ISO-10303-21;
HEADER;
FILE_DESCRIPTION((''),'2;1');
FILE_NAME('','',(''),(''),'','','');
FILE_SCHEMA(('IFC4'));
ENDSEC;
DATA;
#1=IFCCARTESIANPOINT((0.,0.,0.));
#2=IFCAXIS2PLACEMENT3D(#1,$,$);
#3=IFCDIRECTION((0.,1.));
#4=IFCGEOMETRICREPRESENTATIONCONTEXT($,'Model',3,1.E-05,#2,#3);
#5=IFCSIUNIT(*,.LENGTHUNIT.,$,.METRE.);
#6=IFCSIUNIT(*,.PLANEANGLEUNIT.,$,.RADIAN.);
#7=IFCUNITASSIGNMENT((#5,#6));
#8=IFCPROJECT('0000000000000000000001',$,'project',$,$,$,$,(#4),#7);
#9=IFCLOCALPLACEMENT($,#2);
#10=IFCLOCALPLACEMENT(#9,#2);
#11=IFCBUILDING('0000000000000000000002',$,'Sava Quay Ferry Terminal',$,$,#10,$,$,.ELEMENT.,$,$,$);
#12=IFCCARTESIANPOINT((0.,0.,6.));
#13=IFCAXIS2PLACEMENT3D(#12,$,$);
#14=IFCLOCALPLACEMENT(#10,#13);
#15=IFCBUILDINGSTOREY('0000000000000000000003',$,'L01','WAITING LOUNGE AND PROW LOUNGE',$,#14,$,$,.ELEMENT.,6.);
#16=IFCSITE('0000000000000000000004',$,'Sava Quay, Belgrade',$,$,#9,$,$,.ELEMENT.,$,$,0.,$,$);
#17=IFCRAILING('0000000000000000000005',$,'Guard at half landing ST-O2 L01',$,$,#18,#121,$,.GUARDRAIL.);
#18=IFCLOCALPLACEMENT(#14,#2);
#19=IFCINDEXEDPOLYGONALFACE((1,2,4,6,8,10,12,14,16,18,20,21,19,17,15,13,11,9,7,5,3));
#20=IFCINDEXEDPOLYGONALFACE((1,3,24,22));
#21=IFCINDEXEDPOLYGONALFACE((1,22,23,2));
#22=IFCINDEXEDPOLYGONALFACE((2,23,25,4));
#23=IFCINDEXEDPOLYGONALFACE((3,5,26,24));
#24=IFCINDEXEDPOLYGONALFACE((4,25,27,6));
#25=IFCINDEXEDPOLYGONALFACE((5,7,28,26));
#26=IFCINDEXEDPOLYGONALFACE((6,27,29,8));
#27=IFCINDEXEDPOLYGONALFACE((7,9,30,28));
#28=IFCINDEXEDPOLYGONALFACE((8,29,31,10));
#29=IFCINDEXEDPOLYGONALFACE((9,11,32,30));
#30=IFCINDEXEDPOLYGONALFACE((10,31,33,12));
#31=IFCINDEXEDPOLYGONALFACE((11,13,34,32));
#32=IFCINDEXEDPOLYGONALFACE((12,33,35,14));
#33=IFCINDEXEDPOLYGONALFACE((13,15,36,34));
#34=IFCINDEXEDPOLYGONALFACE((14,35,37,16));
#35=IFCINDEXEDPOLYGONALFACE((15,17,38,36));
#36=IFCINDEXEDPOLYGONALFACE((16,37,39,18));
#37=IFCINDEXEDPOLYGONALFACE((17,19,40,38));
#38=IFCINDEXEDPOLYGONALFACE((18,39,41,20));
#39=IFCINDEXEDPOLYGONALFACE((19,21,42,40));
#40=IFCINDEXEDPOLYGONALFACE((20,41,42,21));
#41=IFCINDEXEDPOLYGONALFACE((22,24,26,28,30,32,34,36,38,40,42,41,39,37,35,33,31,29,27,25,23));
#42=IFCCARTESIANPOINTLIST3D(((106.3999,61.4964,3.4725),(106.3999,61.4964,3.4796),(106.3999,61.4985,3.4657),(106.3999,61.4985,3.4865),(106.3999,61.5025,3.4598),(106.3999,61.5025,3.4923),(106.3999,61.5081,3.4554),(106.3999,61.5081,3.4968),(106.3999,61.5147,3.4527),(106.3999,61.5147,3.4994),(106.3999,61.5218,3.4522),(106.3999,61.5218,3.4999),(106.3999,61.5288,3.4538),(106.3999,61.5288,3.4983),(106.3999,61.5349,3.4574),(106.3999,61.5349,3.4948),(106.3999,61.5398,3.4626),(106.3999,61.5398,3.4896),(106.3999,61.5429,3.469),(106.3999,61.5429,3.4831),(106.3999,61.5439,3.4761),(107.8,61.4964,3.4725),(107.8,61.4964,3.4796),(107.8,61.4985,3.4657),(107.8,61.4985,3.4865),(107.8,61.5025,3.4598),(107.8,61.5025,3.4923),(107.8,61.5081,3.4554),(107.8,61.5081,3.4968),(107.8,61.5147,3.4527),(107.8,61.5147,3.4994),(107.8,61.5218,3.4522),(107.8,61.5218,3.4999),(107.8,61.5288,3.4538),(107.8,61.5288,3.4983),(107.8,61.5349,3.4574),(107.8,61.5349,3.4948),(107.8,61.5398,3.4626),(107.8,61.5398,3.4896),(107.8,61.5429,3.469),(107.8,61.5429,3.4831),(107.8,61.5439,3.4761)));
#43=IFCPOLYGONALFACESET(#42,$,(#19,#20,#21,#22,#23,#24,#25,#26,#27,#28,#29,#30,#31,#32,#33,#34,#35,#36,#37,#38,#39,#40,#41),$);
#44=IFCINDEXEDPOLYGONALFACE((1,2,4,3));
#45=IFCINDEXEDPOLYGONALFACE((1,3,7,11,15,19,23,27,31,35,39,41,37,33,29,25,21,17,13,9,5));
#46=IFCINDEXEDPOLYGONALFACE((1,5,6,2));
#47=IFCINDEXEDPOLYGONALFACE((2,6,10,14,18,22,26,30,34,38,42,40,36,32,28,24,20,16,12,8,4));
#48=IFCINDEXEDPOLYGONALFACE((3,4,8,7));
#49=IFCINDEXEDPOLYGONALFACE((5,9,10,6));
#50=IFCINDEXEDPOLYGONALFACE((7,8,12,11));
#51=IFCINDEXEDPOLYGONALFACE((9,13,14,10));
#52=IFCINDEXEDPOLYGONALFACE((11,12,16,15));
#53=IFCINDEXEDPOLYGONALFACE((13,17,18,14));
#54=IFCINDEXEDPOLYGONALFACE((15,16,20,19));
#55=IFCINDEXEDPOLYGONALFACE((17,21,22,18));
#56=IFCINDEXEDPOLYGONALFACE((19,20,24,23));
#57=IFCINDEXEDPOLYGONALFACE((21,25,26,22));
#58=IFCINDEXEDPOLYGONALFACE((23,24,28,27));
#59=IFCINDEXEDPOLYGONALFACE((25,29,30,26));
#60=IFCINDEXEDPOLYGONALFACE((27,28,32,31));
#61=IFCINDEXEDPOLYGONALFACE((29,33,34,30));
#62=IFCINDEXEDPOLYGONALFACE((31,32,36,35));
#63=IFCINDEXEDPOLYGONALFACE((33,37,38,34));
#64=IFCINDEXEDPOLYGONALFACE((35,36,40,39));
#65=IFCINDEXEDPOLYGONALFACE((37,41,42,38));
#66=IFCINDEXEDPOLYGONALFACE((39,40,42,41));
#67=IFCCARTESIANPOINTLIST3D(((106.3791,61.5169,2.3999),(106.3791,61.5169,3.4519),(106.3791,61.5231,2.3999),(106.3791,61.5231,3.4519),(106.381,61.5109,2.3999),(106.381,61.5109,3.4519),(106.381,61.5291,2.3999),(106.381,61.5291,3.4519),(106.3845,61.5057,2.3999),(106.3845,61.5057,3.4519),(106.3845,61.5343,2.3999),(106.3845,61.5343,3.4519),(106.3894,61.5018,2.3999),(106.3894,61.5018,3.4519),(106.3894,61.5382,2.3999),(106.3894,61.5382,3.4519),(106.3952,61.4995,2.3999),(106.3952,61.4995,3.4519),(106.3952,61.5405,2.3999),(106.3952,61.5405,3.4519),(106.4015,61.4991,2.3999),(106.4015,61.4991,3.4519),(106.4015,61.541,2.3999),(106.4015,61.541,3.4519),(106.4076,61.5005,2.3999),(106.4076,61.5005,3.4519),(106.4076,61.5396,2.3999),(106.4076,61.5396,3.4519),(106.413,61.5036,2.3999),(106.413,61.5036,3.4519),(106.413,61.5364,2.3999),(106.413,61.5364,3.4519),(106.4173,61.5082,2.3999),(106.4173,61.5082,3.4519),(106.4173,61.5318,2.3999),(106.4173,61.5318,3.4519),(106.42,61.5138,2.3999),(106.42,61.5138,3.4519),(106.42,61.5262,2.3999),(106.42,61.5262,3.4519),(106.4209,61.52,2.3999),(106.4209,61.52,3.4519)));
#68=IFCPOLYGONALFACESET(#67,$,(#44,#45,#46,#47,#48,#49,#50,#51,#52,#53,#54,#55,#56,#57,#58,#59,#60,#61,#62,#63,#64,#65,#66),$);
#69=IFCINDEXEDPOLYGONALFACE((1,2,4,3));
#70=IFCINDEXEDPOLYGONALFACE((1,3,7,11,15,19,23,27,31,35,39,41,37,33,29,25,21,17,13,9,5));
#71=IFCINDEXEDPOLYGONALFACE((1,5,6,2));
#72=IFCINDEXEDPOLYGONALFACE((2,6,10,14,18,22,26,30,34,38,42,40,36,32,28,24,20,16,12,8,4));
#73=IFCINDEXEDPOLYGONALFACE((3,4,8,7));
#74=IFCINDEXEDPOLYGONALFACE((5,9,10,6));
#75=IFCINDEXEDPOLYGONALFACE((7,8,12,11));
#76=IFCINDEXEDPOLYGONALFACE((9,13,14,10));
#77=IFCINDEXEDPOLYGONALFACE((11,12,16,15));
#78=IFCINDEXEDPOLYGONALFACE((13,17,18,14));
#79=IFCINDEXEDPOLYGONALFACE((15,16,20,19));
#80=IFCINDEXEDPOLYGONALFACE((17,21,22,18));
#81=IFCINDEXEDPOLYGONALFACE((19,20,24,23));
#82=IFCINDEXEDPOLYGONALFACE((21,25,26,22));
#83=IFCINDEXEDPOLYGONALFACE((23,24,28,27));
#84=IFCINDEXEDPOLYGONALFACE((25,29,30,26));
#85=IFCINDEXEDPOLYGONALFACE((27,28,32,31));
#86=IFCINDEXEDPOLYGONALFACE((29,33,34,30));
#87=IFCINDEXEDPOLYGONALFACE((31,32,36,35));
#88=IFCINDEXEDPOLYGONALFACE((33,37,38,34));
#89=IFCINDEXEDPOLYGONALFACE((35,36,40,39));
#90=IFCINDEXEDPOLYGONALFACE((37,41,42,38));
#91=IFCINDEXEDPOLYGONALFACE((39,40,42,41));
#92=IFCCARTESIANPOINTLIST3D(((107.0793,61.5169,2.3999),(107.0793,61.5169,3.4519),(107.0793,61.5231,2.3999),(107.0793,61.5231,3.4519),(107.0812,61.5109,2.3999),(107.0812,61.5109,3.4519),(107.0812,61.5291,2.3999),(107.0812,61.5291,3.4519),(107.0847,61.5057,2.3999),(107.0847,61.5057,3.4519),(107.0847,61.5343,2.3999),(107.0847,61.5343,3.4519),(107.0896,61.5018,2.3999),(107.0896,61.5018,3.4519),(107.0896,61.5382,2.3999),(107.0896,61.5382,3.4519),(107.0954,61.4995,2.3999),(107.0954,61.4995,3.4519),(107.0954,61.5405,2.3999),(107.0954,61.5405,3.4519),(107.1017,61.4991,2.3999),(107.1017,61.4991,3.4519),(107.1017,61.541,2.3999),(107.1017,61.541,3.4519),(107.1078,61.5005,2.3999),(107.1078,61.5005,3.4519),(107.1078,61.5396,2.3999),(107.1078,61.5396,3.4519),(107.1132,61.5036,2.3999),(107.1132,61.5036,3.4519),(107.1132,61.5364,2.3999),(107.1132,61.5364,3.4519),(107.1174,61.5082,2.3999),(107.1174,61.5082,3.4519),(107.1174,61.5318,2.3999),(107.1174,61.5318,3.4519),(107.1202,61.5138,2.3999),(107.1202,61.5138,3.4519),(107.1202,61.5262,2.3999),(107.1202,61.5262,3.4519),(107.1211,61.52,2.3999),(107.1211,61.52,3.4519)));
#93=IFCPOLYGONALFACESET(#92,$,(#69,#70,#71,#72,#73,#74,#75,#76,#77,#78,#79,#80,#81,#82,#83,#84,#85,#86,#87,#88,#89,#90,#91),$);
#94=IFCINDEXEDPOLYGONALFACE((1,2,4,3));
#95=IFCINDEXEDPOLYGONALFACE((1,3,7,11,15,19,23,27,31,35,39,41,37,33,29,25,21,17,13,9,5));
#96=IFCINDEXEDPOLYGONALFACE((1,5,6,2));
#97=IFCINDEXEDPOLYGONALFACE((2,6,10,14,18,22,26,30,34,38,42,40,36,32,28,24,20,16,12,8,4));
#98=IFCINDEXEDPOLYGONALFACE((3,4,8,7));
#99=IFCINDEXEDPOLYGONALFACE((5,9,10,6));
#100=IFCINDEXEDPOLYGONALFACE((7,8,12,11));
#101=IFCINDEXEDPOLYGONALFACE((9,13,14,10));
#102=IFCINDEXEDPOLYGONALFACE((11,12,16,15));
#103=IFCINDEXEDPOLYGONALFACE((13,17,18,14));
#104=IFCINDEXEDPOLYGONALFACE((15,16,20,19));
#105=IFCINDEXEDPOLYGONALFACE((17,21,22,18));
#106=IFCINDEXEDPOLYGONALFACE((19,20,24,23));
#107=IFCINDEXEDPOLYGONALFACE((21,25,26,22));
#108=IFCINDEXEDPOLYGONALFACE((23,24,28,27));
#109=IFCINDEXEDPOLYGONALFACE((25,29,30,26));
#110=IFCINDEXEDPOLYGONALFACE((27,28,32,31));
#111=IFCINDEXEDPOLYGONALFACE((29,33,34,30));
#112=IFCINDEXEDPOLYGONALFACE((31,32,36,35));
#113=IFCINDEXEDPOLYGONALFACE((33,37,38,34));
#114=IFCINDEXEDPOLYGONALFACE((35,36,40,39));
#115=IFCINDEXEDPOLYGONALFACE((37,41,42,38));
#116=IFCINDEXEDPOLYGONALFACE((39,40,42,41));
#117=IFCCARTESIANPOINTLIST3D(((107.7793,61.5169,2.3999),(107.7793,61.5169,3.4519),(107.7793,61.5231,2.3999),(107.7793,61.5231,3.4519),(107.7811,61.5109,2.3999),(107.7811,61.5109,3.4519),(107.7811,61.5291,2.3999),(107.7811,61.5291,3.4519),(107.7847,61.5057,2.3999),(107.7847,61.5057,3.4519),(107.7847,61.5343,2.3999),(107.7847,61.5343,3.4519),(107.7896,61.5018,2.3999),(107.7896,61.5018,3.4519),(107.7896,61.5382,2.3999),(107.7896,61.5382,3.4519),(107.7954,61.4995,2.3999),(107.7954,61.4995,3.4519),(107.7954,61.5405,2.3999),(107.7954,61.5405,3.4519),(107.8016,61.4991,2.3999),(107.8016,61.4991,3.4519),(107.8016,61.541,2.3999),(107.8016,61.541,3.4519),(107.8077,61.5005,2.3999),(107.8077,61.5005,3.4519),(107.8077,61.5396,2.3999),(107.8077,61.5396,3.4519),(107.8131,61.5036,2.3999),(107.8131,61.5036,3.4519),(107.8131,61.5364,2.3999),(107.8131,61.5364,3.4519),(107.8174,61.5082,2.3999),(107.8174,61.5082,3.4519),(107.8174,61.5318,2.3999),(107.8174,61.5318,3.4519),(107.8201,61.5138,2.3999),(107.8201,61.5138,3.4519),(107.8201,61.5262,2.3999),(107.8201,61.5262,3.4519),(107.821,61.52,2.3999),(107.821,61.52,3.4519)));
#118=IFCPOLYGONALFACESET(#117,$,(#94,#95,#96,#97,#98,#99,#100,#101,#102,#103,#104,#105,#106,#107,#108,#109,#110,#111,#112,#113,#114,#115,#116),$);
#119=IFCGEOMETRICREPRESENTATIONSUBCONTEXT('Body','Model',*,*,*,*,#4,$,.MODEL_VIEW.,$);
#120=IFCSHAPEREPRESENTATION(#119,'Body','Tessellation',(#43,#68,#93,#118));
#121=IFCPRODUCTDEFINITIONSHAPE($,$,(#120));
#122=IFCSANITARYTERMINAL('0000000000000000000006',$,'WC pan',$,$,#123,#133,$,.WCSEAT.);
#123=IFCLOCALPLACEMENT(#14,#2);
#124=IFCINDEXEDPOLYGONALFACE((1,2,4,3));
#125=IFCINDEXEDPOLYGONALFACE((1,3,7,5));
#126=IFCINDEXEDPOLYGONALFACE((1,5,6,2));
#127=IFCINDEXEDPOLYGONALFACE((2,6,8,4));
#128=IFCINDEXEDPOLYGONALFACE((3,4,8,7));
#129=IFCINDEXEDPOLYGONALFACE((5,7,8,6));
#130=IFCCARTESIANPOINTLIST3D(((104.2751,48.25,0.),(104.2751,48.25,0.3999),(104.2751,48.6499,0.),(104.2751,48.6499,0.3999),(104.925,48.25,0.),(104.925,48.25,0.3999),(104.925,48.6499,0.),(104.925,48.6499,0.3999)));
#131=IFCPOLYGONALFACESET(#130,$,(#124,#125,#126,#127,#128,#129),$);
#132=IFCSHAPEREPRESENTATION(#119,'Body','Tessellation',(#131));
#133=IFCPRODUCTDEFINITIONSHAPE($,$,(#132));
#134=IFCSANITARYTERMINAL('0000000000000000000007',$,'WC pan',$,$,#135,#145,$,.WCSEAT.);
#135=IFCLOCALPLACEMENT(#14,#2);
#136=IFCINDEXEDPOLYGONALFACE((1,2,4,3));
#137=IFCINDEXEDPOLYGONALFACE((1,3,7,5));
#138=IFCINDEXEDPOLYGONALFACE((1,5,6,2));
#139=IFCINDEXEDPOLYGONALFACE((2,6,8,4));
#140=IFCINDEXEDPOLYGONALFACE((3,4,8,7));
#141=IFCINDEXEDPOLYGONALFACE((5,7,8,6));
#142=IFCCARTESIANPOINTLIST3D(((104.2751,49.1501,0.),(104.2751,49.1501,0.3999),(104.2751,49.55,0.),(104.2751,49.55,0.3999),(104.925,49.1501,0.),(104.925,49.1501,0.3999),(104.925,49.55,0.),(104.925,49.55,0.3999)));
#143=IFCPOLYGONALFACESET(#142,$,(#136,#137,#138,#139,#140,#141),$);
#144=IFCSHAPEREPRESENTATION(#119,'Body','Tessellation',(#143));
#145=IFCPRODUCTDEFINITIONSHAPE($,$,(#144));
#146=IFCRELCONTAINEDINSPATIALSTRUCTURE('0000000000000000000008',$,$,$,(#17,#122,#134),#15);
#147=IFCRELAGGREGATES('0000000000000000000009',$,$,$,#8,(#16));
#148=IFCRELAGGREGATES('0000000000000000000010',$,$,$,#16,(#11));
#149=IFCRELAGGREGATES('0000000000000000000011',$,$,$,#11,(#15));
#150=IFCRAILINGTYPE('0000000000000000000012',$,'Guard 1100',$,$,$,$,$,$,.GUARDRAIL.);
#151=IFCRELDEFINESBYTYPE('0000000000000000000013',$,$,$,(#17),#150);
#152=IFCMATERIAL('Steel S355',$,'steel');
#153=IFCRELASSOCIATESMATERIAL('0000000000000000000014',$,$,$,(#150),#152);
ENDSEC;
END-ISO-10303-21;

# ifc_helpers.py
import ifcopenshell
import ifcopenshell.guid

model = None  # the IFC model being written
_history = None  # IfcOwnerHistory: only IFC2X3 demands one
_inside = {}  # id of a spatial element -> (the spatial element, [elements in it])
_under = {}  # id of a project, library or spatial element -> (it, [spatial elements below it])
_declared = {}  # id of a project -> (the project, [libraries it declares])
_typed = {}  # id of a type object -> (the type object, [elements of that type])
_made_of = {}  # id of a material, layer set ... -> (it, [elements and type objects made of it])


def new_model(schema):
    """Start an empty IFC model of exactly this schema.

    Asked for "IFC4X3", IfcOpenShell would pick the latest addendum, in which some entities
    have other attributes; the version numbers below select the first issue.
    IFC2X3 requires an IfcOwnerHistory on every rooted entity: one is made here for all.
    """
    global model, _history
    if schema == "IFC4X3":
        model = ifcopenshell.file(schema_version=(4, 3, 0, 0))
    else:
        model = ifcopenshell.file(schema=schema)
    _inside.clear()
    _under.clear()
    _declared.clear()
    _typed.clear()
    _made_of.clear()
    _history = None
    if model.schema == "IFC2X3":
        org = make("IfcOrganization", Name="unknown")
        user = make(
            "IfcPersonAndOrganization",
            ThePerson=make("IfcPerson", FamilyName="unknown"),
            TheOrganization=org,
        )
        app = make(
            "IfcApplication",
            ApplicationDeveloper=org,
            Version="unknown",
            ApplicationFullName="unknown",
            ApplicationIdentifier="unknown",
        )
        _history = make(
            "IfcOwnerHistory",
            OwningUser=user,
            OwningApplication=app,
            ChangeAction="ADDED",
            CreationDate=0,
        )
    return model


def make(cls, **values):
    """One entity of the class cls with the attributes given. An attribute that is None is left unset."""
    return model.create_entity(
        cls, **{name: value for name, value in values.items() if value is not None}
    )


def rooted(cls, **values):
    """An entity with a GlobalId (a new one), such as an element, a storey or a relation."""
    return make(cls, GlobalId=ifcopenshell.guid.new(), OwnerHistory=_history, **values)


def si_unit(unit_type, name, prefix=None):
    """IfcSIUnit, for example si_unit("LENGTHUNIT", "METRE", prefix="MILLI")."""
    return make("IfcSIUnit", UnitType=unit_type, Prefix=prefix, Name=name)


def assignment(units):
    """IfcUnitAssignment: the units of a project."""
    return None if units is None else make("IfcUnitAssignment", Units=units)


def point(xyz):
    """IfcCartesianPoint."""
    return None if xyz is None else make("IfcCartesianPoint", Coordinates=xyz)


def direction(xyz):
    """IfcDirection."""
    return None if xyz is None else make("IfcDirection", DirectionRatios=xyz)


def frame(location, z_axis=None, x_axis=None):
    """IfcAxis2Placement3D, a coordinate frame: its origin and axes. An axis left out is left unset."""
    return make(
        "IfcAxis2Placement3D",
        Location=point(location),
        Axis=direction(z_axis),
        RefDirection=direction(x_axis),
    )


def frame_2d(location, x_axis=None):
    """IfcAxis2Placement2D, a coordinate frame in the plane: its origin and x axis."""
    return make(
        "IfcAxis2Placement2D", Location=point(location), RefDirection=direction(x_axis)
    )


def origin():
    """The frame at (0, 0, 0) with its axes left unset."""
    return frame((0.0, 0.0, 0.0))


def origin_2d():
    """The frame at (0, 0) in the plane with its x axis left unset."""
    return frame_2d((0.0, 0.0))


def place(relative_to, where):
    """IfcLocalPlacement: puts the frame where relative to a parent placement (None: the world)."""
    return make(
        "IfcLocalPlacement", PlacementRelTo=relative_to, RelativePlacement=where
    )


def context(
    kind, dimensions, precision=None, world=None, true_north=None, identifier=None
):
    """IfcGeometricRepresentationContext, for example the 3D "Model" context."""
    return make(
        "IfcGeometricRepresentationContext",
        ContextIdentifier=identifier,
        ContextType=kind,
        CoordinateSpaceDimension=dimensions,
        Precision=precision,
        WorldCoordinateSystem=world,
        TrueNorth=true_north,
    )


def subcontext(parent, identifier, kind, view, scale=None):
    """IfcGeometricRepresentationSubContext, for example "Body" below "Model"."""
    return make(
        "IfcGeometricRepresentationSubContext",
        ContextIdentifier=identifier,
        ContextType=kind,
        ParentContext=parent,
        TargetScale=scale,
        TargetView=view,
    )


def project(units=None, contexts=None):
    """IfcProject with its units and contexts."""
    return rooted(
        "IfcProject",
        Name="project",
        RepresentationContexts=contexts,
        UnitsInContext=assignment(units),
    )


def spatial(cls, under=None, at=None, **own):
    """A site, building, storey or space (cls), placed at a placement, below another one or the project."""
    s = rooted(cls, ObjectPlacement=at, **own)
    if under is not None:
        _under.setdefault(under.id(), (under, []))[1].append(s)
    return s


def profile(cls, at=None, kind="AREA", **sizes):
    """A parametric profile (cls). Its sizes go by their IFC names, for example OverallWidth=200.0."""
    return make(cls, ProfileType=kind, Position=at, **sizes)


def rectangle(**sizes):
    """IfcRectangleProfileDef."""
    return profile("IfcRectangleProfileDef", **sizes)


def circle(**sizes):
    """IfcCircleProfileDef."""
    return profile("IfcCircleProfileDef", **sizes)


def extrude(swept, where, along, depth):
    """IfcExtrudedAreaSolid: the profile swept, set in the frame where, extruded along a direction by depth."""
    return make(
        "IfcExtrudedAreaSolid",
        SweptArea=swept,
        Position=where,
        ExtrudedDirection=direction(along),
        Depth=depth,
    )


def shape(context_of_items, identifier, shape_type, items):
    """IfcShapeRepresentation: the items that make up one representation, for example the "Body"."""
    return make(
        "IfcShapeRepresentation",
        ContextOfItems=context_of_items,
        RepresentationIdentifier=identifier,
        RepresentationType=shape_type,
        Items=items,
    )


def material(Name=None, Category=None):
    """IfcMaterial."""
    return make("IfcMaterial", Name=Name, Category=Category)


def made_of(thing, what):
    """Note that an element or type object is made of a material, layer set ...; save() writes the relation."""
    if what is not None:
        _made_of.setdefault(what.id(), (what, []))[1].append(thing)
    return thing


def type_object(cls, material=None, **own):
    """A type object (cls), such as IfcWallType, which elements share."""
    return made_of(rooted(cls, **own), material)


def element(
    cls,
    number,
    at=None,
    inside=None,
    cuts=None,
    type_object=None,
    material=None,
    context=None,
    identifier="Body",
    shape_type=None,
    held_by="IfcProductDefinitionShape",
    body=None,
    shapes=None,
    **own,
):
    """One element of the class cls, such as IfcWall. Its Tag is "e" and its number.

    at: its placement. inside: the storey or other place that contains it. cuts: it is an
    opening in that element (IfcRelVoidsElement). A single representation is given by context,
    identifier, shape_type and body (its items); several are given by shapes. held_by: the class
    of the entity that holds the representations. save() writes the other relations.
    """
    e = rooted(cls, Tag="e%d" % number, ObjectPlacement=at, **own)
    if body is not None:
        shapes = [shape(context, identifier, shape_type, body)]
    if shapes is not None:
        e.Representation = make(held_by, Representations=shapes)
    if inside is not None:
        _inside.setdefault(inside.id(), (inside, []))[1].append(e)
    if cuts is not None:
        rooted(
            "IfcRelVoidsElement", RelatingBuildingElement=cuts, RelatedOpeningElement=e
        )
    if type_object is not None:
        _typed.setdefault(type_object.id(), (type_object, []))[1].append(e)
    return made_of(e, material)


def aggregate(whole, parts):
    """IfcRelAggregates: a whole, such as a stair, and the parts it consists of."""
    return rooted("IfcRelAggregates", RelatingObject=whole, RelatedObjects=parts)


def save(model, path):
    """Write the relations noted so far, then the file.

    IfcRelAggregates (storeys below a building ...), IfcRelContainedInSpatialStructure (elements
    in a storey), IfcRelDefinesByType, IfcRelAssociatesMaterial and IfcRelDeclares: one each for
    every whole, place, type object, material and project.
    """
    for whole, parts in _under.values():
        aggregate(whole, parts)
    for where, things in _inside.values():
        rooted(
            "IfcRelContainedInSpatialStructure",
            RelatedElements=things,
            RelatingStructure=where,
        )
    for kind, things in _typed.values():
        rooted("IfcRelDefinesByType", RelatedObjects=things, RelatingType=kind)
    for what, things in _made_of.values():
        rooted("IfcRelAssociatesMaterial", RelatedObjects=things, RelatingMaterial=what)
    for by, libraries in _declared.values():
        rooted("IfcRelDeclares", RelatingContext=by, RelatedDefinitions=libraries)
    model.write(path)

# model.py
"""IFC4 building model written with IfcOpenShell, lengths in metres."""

from ifc_helpers import new_model, si_unit, direction, frame, origin, origin_2d, place, context, subcontext, project, spatial, rectangle, circle, extrude, material, type_object, element, save


model = new_model("IFC4")

# Units and contexts
model_context = context("Model", 3, precision=1e-05, world=origin(), true_north=direction((0.0, 1.0)))
body_context = subcontext(model_context, "Body", "Model", "MODEL_VIEW")
ifc_project = project(units=[si_unit("LENGTHUNIT", "METRE"), si_unit("PLANEANGLEUNIT", "RADIAN")], contexts=[model_context])

# Site, building, storey
site_placement = place(None, origin())
site = spatial("IfcSite", under=ifc_project, at=site_placement, Name="Sava Quay, Belgrade", CompositionType="ELEMENT", RefElevation=0.0)
building_placement = place(site_placement, origin())
building = spatial("IfcBuilding", under=site, at=building_placement, Name="Sava Quay Ferry Terminal", CompositionType="ELEMENT")
storey_placement = place(building_placement, frame((0.0, 0.0, 6.0)))
storey = spatial("IfcBuildingStorey", under=building, at=storey_placement, Name="L01", Description="WAITING LOUNGE AND PROW LOUNGE", CompositionType="ELEMENT", Elevation=6.0)

# Railing
ifc_material_1 = material(Name="Steel S355", Category="steel")
railing_type_1 = type_object("IfcRailingType", Name="Guard 1100", PredefinedType="GUARDRAIL", material=ifc_material_1)
railing_1_placement = place(storey_placement, frame((106.3999, 61.52, 2.3999)))
element("IfcRailing", 1, at=railing_1_placement, inside=storey, type_object=railing_type_1, Name="Guard at half landing ST-O2 L01", PredefinedType="GUARDRAIL", context=body_context, shape_type="SweptSolid", body=[
    extrude(circle(Radius=0.0239, at=origin_2d()), frame((0.0, 0.0, 1.0762), z_axis=(1.0, 0.0, 0.0), x_axis=(0.0, 1.0, 0.0)), (0.0, 0.0, 1.0), 1.4001),
    extrude(circle(Radius=0.021, at=origin_2d()), origin(), (0.0, 0.0, 1.0), 1.052),
    extrude(circle(Radius=0.021, at=origin_2d()), frame((0.7002, 0.0, 0.0)), (0.0, 0.0, 1.0), 1.052),
    extrude(circle(Radius=0.021, at=origin_2d()), frame((1.4001, 0.0, 0.0)), (0.0, 0.0, 1.0), 1.052),
])

# Sanitary terminals
for number, where, z_axis, x_axis, name in (
    (2, (104.6001, 48.45, 0.0), (0.0, 0.0, 1.0), (1.0, 0.0, 0.0), "WC pan"),
    (3, (104.6001, 49.3501, 0.0), (0.0, 0.0, 1.0), (1.0, 0.0, 0.0), "WC pan"),
):
    element("IfcSanitaryTerminal", number, at=place(storey_placement, frame(where, z_axis=z_axis, x_axis=x_axis)), inside=storey, Name=name, PredefinedType="WCSEAT", context=body_context, shape_type="SweptSolid", body=[
        extrude(rectangle(XDim=0.6499, YDim=0.3999, at=origin_2d()), origin(), (0.0, 0.0, 1.0), 0.3999),
    ])

save(model, "model.ifc")
